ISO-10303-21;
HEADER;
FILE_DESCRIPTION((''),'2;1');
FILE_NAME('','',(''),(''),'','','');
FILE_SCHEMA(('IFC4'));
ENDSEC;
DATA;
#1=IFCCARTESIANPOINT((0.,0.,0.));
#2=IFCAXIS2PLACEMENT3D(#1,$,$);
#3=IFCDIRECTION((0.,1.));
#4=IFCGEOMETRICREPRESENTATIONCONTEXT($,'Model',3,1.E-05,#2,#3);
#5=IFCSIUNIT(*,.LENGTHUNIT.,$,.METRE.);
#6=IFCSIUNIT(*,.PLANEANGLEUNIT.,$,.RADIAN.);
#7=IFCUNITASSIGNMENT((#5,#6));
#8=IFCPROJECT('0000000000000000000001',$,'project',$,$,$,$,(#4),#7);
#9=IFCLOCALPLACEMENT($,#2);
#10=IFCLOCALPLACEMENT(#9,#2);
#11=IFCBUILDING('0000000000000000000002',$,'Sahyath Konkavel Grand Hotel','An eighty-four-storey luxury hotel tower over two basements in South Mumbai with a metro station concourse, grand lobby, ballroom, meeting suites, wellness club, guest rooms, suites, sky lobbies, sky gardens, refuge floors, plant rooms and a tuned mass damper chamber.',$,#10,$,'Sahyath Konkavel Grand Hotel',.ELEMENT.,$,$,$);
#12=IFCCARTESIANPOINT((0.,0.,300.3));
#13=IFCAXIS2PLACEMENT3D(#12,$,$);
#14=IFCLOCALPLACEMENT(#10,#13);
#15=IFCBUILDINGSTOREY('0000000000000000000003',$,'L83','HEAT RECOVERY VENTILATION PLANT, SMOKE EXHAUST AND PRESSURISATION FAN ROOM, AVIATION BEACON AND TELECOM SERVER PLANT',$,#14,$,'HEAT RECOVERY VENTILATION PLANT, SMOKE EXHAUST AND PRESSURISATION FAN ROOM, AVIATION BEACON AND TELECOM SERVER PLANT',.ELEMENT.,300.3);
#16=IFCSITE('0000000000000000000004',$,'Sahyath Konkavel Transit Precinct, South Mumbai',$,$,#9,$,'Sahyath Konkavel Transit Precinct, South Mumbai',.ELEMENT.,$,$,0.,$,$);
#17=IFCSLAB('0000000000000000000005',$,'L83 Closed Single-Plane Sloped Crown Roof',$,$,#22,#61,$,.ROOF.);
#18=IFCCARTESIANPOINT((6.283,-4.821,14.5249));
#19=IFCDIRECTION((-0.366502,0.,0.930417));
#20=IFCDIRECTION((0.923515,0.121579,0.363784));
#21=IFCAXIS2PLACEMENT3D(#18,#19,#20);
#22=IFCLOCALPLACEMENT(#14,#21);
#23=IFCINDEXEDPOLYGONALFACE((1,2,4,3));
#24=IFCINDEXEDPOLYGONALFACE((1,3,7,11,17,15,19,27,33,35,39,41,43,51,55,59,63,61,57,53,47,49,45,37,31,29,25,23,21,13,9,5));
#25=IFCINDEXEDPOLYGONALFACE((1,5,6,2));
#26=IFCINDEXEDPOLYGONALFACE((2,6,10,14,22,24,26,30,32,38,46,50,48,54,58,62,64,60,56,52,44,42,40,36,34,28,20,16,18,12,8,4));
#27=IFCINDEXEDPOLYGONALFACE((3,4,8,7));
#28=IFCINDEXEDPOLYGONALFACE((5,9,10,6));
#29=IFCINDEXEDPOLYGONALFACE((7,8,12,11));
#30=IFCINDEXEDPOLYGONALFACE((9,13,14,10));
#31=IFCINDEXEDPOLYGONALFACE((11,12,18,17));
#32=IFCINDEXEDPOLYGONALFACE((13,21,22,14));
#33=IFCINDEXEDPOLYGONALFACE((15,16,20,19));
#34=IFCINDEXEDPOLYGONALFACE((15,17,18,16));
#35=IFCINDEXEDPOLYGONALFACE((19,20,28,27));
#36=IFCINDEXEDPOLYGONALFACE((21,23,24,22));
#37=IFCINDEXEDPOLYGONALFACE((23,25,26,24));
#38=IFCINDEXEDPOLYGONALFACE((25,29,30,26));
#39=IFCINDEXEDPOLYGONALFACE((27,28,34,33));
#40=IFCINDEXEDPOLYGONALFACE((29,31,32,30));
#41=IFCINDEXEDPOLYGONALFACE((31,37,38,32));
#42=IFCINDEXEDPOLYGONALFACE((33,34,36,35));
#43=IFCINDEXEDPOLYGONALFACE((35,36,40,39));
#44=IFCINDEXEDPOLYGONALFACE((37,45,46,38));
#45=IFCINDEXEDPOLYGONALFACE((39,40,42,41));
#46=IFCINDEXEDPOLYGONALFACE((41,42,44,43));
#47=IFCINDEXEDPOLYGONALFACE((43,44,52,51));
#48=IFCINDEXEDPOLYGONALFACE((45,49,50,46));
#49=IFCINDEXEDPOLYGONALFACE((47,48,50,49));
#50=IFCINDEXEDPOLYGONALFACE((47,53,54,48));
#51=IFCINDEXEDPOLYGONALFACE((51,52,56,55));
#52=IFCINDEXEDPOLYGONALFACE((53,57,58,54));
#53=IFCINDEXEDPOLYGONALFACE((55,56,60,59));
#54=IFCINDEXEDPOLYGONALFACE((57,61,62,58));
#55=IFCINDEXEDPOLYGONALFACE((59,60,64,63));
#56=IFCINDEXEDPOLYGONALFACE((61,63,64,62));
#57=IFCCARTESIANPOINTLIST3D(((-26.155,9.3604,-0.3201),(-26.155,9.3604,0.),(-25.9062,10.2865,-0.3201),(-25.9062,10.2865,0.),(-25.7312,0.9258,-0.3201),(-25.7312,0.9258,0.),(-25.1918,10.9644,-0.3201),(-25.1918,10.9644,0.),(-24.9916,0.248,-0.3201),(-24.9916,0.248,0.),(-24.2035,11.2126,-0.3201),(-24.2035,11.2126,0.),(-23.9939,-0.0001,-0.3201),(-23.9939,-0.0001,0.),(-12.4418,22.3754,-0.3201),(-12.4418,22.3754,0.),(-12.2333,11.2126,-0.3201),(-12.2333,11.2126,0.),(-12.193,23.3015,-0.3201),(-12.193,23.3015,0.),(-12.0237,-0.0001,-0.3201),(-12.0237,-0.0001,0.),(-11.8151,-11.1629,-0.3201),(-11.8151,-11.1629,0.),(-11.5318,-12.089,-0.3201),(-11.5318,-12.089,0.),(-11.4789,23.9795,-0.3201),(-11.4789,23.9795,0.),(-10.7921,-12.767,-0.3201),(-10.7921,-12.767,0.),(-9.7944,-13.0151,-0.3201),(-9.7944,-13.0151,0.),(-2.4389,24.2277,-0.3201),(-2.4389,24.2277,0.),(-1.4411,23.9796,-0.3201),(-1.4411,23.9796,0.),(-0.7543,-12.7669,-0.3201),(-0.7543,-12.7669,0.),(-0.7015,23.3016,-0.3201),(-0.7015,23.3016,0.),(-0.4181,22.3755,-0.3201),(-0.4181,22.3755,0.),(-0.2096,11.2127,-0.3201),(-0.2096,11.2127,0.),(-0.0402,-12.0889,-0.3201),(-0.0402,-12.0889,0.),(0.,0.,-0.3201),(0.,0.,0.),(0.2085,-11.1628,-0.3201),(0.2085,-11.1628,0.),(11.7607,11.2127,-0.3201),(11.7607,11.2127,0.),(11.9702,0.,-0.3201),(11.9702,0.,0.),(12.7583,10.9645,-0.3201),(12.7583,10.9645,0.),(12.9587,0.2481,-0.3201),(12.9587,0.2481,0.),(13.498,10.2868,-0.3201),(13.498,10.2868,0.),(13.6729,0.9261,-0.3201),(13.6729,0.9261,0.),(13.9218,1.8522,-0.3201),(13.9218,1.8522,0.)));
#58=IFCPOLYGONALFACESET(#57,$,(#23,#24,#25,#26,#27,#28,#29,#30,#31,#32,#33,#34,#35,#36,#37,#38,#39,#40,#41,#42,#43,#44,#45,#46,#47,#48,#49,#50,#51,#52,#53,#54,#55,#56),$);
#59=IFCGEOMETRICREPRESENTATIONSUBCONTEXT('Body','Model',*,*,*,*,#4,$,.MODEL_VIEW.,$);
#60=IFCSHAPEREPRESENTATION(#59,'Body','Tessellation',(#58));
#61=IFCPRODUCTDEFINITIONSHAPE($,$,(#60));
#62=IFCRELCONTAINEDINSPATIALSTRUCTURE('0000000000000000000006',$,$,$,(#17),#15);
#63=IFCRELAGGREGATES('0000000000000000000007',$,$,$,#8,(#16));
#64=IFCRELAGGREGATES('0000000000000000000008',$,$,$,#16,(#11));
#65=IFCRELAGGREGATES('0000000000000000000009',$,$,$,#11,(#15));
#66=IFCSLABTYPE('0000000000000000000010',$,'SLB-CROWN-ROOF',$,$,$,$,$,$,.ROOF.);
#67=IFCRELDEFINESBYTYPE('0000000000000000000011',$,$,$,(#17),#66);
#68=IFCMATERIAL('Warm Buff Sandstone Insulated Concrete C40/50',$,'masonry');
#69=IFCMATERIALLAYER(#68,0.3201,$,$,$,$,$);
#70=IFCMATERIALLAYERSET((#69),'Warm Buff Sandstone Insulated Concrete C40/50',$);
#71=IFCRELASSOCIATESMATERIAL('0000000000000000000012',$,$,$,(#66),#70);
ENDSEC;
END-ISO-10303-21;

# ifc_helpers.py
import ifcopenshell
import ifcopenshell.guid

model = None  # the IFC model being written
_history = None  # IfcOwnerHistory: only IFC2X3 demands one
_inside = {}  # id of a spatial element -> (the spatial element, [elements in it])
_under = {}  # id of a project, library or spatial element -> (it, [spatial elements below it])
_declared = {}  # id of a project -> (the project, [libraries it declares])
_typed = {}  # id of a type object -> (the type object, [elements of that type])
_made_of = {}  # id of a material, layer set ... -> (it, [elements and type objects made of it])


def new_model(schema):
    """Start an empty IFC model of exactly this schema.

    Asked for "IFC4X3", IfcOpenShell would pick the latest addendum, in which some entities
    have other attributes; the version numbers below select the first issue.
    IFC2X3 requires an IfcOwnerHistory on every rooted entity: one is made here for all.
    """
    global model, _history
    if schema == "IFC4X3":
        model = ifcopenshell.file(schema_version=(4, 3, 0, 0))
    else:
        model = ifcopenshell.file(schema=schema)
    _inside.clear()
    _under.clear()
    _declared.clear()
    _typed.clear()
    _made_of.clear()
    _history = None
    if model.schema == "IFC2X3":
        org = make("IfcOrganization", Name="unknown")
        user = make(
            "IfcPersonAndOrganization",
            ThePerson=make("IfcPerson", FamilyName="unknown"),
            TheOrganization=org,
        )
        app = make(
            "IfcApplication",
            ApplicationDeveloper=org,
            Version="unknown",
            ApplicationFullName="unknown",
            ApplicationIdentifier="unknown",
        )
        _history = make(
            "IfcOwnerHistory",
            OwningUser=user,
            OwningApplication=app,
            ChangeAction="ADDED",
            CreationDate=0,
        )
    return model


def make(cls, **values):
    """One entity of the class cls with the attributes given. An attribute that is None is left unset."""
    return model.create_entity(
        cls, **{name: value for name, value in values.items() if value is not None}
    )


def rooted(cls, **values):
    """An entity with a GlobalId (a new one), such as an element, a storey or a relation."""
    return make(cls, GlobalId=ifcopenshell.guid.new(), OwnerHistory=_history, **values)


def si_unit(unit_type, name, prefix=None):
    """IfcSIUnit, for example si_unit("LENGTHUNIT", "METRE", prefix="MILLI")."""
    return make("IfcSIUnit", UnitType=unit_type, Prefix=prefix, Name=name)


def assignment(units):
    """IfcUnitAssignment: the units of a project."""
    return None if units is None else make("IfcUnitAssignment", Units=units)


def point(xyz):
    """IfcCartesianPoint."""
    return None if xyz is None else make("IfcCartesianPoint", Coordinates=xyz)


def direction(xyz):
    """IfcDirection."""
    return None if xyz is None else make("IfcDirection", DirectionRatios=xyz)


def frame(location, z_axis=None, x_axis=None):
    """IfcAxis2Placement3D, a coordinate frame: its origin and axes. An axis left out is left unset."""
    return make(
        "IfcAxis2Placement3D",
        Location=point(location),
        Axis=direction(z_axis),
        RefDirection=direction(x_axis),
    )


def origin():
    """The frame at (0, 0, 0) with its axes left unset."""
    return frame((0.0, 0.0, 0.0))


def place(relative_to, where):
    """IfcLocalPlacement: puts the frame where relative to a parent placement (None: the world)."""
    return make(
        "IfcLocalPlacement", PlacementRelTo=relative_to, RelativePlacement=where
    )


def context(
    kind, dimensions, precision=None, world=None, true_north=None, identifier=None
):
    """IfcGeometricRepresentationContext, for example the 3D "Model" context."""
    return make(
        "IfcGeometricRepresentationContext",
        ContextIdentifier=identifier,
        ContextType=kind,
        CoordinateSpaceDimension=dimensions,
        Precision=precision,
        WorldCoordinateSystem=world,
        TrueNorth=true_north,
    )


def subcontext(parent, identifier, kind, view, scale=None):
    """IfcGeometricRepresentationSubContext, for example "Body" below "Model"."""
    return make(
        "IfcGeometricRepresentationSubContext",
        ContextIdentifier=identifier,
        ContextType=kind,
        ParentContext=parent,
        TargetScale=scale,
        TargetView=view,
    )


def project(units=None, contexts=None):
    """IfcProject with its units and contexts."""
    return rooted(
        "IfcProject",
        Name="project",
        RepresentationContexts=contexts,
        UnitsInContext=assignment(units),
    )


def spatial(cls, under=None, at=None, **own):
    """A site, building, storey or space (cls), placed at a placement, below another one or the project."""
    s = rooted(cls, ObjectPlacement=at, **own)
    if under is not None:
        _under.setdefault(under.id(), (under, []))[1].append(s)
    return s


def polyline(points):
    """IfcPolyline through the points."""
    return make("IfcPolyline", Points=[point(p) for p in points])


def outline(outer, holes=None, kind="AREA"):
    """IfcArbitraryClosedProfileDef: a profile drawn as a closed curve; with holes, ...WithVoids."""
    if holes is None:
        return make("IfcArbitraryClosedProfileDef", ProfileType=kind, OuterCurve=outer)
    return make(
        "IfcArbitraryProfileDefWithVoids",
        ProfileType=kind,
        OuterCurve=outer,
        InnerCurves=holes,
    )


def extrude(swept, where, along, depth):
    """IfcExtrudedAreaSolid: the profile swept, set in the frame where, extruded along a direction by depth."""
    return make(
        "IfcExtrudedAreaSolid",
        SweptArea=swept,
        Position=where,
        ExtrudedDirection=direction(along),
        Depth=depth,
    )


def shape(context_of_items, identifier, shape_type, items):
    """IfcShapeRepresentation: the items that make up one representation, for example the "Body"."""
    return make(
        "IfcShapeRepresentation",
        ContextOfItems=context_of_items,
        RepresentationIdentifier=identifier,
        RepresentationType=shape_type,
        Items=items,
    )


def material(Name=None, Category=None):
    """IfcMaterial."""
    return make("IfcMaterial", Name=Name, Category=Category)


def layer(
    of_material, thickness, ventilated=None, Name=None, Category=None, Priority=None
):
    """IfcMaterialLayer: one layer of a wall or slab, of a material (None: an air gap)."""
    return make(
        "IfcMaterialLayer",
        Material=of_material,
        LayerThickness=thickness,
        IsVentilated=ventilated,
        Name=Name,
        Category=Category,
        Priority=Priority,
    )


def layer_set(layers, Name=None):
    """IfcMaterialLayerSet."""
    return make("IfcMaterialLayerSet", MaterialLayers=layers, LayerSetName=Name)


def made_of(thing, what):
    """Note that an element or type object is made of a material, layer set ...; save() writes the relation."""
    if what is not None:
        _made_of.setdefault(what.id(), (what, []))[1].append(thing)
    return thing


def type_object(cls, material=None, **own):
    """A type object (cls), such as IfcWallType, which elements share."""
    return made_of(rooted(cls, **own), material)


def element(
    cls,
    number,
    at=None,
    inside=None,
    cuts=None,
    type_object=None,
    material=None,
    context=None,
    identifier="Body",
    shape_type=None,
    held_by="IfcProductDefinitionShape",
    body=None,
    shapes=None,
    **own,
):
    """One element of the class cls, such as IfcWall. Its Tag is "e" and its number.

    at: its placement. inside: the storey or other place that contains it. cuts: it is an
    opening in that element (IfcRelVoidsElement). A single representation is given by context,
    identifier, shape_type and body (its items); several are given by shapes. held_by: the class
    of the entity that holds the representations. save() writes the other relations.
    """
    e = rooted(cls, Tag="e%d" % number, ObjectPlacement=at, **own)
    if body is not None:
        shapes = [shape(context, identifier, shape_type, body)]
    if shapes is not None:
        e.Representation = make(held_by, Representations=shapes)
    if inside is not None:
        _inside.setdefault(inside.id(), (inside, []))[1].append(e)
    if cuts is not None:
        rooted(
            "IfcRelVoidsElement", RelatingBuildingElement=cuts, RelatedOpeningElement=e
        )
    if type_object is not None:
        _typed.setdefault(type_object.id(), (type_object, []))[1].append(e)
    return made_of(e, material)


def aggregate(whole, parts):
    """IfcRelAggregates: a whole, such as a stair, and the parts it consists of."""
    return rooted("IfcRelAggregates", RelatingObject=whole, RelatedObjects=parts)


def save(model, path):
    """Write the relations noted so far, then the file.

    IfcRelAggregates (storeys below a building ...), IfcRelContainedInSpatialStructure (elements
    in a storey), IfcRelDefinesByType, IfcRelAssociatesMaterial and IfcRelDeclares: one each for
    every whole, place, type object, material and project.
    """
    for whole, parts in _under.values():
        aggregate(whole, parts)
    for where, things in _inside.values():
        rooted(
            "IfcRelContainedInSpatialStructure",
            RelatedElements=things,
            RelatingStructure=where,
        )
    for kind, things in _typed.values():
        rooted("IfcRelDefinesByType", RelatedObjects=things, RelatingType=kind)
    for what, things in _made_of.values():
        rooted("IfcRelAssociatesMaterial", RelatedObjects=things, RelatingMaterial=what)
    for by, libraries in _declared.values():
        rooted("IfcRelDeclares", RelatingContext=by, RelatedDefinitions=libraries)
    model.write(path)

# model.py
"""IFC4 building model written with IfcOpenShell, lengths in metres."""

from ifc_helpers import new_model, si_unit, direction, frame, origin, place, context, subcontext, project, spatial, polyline, outline, extrude, material, layer, layer_set, type_object, element, save


model = new_model("IFC4")

# Units and contexts
model_context = context("Model", 3, precision=1e-05, world=origin(), true_north=direction((0.0, 1.0)))
body_context = subcontext(model_context, "Body", "Model", "MODEL_VIEW")
ifc_project = project(units=[si_unit("LENGTHUNIT", "METRE"), si_unit("PLANEANGLEUNIT", "RADIAN")], contexts=[model_context])

# Site, building, storey
site_placement = place(None, origin())
site = spatial("IfcSite", under=ifc_project, at=site_placement, Name="Sahyath Konkavel Transit Precinct, South Mumbai", LongName="Sahyath Konkavel Transit Precinct, South Mumbai", CompositionType="ELEMENT", RefElevation=0.0)
building_placement = place(site_placement, origin())
building = spatial("IfcBuilding", under=site, at=building_placement, Name="Sahyath Konkavel Grand Hotel", Description="An eighty-four-storey luxury hotel tower over two basements in South Mumbai with a metro station concourse, grand lobby, ballroom, meeting suites, wellness club, guest rooms, suites, sky lobbies, sky gardens, refuge floors, plant rooms and a tuned mass damper chamber.", LongName="Sahyath Konkavel Grand Hotel", CompositionType="ELEMENT")
storey_placement = place(building_placement, frame((0.0, 0.0, 300.3)))
storey = spatial("IfcBuildingStorey", under=building, at=storey_placement, Name="L83", Description="HEAT RECOVERY VENTILATION PLANT, SMOKE EXHAUST AND PRESSURISATION FAN ROOM, AVIATION BEACON AND TELECOM SERVER PLANT", LongName="HEAT RECOVERY VENTILATION PLANT, SMOKE EXHAUST AND PRESSURISATION FAN ROOM, AVIATION BEACON AND TELECOM SERVER PLANT", CompositionType="ELEMENT", Elevation=300.3)

# Slab
ifc_material_1 = material(Name="Warm Buff Sandstone Insulated Concrete C40/50", Category="masonry")
ifc_layer = layer(ifc_material_1, 0.3201)
ifc_layer_set = layer_set([ifc_layer], Name="Warm Buff Sandstone Insulated Concrete C40/50")
slab_type = type_object("IfcSlabType", Name="SLB-CROWN-ROOF", PredefinedType="ROOF", material=ifc_layer_set)
slab_1_placement = place(storey_placement, frame((6.283, -4.821, 14.5249), z_axis=(-0.366502, 0.0, 0.930417), x_axis=(0.923515, 0.121579, 0.363784)))
element("IfcSlab", 1, at=slab_1_placement, inside=storey, type_object=slab_type, Name="L83 Closed Single-Plane Sloped Crown Roof", PredefinedType="ROOF", context=body_context, shape_type="SweptSolid", body=[
    extrude(outline(polyline([(0.0, 0.0), (11.9702, 0.0), (12.9587, 0.2481), (13.6729, 0.9261), (13.9218, 1.8522), (13.498, 10.2868), (12.7583, 10.9645), (11.7607, 11.2127), (-0.2096, 11.2127), (-0.4181, 22.3755), (-0.7015, 23.3016), (-1.4411, 23.9796), (-2.4389, 24.2277), (-11.4789, 23.9795), (-12.193, 23.3015), (-12.4418, 22.3754), (-12.2333, 11.2126), (-24.2035, 11.2126), (-25.1918, 10.9644), (-25.9062, 10.2865), (-26.155, 9.3604), (-25.7312, 0.9258), (-24.9916, 0.248), (-23.9939, -0.0001), (-12.0237, -0.0001), (-11.8151, -11.1629), (-11.5318, -12.089), (-10.7921, -12.767), (-9.7944, -13.0151), (-0.7543, -12.7669), (-0.0402, -12.0889), (0.2085, -11.1628), (0.0, 0.0)])), origin(), (0.0, 0.0, -1.0), 0.3201),
])

save(model, "model.ifc")
